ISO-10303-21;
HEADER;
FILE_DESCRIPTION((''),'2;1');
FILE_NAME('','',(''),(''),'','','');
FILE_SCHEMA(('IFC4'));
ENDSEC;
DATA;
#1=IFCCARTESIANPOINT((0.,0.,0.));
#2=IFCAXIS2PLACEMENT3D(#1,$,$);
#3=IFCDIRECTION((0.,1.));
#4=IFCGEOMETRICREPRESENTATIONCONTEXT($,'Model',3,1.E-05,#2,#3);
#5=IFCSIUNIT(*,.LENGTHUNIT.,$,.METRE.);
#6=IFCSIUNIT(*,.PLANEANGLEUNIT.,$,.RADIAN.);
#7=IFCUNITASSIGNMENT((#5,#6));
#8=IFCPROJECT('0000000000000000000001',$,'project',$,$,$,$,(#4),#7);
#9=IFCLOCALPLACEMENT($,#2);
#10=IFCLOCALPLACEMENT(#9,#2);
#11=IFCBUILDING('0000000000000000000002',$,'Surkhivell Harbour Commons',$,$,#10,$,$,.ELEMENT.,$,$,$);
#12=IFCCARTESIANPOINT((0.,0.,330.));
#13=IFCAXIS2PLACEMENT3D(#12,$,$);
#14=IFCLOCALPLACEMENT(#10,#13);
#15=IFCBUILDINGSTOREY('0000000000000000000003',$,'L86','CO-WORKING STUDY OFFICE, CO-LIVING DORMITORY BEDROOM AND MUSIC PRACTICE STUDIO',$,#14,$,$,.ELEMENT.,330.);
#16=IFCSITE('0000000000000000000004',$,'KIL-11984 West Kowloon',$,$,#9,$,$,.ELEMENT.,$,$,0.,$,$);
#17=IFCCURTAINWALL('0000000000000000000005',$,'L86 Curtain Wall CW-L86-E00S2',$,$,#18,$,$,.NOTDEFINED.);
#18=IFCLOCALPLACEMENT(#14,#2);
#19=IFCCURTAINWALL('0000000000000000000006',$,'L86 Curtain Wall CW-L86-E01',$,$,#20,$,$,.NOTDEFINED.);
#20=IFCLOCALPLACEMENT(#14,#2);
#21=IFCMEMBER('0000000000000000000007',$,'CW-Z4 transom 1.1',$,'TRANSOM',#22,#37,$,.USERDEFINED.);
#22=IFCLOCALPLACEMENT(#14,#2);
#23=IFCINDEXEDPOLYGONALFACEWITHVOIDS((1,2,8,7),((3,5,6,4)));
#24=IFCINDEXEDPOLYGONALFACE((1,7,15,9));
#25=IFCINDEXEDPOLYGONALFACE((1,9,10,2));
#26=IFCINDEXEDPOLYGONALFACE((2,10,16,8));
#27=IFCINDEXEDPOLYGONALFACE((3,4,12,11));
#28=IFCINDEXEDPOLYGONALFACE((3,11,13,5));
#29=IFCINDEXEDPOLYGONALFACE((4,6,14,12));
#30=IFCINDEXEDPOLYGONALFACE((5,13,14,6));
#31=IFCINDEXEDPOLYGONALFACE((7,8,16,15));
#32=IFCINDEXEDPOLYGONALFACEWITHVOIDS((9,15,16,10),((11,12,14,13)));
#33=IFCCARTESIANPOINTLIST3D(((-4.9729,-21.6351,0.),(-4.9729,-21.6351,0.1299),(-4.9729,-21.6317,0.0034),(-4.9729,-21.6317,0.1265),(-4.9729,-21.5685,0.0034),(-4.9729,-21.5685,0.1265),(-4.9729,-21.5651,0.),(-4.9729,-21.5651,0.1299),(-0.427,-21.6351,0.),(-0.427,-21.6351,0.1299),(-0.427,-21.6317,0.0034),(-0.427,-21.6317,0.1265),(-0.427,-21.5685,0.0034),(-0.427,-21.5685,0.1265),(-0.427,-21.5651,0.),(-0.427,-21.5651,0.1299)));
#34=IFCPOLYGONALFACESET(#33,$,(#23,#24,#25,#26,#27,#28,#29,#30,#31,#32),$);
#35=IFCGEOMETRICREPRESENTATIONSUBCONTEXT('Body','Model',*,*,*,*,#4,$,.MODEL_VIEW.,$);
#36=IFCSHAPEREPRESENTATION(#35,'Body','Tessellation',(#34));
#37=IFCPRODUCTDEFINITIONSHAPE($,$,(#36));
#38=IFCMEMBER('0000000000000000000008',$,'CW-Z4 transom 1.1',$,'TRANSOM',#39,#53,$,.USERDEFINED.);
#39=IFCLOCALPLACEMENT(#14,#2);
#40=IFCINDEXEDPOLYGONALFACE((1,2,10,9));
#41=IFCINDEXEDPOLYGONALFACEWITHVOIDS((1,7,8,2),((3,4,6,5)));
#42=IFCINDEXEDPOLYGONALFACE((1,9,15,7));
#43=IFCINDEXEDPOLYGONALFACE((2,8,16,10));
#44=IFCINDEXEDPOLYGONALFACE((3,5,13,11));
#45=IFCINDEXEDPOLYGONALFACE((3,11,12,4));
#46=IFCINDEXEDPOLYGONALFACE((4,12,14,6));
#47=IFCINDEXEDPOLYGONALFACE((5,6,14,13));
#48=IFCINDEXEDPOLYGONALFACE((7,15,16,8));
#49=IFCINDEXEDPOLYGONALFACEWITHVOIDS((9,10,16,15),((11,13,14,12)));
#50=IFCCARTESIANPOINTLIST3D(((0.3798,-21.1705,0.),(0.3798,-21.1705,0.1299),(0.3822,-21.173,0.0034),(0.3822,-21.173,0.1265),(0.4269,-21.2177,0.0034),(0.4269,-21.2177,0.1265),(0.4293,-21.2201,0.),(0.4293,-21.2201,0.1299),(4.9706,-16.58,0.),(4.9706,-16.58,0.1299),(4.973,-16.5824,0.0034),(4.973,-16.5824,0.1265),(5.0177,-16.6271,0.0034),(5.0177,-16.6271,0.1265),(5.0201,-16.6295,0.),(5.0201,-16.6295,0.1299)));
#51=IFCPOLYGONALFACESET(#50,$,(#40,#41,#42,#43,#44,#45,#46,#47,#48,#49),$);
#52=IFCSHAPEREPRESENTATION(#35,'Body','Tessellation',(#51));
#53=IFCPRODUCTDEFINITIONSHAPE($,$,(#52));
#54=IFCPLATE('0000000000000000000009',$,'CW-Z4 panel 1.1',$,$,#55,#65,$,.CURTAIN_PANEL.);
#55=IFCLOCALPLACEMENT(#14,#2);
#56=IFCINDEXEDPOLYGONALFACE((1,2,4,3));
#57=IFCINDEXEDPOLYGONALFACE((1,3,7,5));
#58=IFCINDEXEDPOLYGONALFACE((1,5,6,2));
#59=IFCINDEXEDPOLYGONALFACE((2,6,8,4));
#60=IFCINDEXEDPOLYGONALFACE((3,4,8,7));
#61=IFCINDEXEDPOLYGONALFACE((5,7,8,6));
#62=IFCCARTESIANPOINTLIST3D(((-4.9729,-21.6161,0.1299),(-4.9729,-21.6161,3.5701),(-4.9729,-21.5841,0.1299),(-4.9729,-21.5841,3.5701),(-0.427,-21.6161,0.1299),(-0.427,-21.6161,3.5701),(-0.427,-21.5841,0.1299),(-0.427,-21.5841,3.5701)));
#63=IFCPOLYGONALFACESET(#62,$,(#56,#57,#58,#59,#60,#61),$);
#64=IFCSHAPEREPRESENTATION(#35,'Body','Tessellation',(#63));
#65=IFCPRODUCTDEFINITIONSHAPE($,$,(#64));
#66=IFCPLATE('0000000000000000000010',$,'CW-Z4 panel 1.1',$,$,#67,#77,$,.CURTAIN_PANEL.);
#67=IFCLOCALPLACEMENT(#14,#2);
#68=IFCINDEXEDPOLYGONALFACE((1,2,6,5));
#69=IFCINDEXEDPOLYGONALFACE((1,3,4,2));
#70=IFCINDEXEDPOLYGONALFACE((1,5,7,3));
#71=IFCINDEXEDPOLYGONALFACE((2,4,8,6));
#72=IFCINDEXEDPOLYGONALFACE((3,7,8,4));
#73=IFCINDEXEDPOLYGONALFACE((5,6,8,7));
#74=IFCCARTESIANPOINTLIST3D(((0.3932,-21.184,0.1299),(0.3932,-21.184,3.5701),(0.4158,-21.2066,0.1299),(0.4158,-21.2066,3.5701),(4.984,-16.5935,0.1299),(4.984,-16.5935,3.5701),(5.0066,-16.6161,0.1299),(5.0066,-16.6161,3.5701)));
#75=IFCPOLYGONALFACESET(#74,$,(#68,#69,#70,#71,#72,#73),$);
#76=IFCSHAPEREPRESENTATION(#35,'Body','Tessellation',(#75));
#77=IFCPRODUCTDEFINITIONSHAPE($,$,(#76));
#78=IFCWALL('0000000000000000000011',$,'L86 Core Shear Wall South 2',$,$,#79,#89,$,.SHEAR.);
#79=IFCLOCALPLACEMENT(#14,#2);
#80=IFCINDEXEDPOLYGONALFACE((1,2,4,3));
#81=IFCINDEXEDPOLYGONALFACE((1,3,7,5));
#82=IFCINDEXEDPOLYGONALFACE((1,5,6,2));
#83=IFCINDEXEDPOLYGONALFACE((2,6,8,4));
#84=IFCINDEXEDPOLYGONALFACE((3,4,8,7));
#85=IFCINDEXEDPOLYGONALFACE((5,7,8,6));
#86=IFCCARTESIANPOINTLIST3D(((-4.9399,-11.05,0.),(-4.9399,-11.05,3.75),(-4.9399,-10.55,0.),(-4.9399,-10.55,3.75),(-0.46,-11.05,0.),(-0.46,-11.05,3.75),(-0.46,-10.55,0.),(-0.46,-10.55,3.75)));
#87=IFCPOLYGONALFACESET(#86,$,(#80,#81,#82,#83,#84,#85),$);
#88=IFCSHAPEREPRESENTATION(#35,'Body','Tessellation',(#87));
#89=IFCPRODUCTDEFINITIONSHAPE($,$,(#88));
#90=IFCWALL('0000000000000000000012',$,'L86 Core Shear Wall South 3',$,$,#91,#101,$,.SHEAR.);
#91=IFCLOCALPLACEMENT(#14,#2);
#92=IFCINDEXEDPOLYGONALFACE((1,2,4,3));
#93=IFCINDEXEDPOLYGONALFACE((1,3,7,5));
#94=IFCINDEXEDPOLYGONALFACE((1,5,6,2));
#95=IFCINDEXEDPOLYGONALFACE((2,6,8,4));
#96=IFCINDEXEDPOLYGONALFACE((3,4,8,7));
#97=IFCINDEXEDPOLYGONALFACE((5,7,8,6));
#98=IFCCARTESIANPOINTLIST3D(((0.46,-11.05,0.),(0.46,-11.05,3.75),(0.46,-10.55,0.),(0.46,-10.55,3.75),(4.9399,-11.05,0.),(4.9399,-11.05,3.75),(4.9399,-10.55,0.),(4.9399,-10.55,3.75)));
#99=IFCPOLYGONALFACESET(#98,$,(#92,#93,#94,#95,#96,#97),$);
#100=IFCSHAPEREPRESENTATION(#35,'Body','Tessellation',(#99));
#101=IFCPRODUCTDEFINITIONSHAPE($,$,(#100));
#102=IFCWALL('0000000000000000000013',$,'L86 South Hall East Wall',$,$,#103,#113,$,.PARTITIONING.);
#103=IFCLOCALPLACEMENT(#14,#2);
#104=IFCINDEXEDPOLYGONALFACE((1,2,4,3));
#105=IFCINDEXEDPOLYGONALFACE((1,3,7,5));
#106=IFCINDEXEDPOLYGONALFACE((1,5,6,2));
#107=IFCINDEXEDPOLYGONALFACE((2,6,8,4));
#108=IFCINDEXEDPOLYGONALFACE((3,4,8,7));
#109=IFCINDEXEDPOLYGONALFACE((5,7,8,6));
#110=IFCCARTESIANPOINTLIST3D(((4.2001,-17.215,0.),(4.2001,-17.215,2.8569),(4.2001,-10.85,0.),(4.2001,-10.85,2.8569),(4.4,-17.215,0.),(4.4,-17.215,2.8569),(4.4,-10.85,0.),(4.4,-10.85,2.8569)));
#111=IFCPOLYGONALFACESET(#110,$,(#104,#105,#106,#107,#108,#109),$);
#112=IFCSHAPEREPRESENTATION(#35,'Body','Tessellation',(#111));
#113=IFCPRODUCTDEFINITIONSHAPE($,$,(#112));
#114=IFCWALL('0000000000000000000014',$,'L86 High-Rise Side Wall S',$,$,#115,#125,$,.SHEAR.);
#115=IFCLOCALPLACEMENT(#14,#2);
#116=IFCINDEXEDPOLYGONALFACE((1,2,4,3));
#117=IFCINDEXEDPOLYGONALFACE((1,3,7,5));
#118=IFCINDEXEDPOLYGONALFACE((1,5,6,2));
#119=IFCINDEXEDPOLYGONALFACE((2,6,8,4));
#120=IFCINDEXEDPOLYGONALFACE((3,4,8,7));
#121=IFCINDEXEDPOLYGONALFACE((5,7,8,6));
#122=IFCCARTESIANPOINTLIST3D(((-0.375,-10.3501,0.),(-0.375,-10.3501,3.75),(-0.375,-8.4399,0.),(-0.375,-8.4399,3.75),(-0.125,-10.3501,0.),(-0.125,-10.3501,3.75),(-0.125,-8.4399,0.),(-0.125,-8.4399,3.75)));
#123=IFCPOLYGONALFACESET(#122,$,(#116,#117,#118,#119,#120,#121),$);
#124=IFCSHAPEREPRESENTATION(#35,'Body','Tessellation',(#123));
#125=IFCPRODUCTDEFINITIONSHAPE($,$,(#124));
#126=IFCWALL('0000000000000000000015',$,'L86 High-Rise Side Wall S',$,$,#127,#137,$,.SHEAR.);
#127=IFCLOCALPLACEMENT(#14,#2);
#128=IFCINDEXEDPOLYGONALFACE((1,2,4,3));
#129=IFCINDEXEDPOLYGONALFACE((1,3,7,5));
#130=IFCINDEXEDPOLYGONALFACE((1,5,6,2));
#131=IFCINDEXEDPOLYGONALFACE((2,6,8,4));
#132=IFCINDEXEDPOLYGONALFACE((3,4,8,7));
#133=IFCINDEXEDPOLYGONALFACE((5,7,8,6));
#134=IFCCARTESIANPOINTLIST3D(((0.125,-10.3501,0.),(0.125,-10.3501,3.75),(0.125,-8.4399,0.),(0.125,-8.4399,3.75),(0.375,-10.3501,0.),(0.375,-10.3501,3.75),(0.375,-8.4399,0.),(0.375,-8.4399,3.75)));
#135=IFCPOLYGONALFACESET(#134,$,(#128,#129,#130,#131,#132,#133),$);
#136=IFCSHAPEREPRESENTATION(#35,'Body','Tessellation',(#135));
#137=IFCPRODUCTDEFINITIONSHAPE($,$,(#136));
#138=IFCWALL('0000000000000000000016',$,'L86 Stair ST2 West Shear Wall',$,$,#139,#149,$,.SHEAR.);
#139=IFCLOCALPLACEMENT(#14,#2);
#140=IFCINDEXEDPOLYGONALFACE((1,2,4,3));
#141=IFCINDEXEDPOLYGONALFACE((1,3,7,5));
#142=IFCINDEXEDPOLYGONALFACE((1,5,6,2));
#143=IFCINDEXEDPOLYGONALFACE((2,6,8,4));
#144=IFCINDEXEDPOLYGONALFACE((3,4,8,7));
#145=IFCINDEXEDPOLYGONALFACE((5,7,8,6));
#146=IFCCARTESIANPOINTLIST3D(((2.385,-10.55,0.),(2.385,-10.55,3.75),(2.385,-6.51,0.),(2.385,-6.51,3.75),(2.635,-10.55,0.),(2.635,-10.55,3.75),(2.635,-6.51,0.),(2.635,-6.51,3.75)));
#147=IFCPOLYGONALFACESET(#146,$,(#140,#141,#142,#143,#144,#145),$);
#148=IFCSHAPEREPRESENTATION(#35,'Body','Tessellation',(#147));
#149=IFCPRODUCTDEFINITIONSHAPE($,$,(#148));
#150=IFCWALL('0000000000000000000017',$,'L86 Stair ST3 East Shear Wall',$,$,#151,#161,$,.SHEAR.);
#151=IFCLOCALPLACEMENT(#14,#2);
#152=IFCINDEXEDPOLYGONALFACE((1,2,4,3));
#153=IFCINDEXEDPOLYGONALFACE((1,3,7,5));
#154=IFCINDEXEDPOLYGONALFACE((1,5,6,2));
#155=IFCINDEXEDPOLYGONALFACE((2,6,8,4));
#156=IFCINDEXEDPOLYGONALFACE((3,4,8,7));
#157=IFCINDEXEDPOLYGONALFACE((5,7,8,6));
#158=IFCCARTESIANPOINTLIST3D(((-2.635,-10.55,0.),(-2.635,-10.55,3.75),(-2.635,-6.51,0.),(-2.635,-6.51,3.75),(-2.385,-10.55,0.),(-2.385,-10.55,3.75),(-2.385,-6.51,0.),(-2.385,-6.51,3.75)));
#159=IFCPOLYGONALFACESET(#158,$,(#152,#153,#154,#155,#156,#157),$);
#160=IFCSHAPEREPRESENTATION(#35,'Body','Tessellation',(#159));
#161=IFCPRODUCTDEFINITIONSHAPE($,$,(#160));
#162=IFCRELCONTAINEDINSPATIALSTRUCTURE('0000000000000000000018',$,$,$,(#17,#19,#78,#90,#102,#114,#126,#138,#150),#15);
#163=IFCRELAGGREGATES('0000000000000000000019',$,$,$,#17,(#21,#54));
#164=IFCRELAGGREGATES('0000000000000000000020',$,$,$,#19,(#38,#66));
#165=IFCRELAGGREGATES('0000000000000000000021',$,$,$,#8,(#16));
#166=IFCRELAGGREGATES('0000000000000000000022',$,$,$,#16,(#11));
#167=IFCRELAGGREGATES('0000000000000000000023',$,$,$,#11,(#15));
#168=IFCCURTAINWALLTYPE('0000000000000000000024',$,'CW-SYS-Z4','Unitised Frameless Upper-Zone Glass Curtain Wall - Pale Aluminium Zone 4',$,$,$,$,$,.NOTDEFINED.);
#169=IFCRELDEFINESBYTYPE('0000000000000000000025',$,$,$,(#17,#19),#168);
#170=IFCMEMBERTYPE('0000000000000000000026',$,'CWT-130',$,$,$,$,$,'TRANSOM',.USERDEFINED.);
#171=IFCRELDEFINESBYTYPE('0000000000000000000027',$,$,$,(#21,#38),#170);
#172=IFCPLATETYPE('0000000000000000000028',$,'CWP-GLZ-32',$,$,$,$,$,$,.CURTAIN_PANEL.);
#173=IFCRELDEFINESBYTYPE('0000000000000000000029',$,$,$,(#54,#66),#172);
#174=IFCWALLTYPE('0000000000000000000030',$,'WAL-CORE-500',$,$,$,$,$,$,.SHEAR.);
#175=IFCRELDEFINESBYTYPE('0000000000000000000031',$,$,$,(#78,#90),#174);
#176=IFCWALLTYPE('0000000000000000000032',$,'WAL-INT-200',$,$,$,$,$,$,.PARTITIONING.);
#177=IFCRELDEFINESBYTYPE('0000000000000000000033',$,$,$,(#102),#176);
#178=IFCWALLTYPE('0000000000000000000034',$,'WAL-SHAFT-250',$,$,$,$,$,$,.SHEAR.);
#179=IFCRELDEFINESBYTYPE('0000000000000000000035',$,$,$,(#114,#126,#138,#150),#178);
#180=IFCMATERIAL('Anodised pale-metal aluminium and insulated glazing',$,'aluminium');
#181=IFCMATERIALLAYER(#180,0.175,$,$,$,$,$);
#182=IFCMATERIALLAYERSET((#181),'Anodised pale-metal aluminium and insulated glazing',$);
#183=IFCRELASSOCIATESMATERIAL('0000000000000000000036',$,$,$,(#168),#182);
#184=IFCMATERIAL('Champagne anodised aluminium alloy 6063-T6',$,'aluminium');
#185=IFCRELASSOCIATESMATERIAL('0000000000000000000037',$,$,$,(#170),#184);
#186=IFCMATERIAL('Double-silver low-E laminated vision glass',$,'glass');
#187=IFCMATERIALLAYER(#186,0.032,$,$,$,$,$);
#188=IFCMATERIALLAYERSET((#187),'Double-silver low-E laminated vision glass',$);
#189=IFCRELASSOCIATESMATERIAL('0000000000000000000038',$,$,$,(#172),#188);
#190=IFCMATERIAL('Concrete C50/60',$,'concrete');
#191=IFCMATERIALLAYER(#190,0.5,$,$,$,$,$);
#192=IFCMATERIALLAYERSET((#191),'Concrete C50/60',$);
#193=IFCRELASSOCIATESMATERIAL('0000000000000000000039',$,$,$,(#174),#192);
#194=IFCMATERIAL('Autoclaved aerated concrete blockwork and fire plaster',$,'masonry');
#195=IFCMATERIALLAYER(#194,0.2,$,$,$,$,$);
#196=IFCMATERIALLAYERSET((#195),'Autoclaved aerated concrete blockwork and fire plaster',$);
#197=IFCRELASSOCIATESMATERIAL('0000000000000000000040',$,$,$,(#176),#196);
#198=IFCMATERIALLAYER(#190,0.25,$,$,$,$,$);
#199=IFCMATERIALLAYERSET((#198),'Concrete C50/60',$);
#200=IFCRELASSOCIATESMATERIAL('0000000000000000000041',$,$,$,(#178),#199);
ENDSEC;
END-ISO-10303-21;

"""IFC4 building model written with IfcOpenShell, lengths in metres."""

from ifc_helpers import new_model, si_unit, direction, frame, frame_2d, origin, origin_2d, place, context, subcontext, project, spatial, rectangle, hollow_rectangle, extrude, material, layer, layer_set, material_profile, profile_set, type_object, element, aggregate, save


model = new_model("IFC4")

# Units and contexts
model_context = context("Model", 3, precision=1e-05, world=origin(), true_north=direction((0.0, 1.0)))
body_context = subcontext(model_context, "Body", "Model", "MODEL_VIEW")
ifc_project = project(units=[si_unit("LENGTHUNIT", "METRE"), si_unit("PLANEANGLEUNIT", "RADIAN")], contexts=[model_context])

# Site, building, storey
site_placement = place(None, origin())
site = spatial("IfcSite", under=ifc_project, at=site_placement, Name="KIL-11984 West Kowloon", CompositionType="ELEMENT", RefElevation=0.0)
building_placement = place(site_placement, origin())
building = spatial("IfcBuilding", under=site, at=building_placement, Name="Surkhivell Harbour Commons", CompositionType="ELEMENT")
storey_placement = place(building_placement, frame((0.0, 0.0, 330.0)))
storey = spatial("IfcBuildingStorey", under=building, at=storey_placement, Name="L86", Description="CO-WORKING STUDY OFFICE, CO-LIVING DORMITORY BEDROOM AND MUSIC PRACTICE STUDIO", CompositionType="ELEMENT", Elevation=330.0)

# Shared definitions
ifc_material_1 = material(Name="Concrete C50/60", Category="concrete")

# Curtain wall
ifc_material_2 = material(Name="Anodised pale-metal aluminium and insulated glazing", Category="aluminium")
ifc_layer_1 = layer(ifc_material_2, 0.175)
ifc_layer_set_1 = layer_set([ifc_layer_1], Name="Anodised pale-metal aluminium and insulated glazing")
curtain_wall_type = type_object("IfcCurtainWallType", Name="CW-SYS-Z4", Description="Unitised Frameless Upper-Zone Glass Curtain Wall - Pale Aluminium Zone 4", PredefinedType="NOTDEFINED", material=ifc_layer_set_1)
curtain_wall_1_placement = place(storey_placement, origin())
curtain_wall_1 = element("IfcCurtainWall", 1, at=curtain_wall_1_placement, inside=storey, type_object=curtain_wall_type, Name="L86 Curtain Wall CW-L86-E00S2", PredefinedType="NOTDEFINED")

# Curtain wall
curtain_wall_2_placement = place(storey_placement, origin())
curtain_wall_2 = element("IfcCurtainWall", 2, at=curtain_wall_2_placement, inside=storey, type_object=curtain_wall_type, Name="L86 Curtain Wall CW-L86-E01", PredefinedType="NOTDEFINED")

# Members
ifc_material_3 = material(Name="Champagne anodised aluminium alloy 6063-T6", Category="aluminium")
ifc_material_profile_1 = material_profile(ifc_material_3, hollow_rectangle(XDim=0.0701, YDim=0.1299, WallThickness=0.0034, at=origin_2d()), Name="ALU-TRAN-70x130")
ifc_profile_set_1 = profile_set([ifc_material_profile_1], Name="Champagne anodised aluminium alloy 6063-T6")
member_type_1 = type_object("IfcMemberType", Name="CWT-130", ElementType="TRANSOM", PredefinedType="USERDEFINED", material=ifc_profile_set_1)
member_1_placement = place(storey_placement, frame((-4.9729, -21.6001, 0.0649), z_axis=(1.0, 0.0, 0.0), x_axis=(0.0, 1.0, 0.0)))
member_1 = element("IfcMember", 3, at=member_1_placement, type_object=member_type_1, Name="CW-Z4 transom 1.1", ObjectType="TRANSOM", PredefinedType="USERDEFINED", context=body_context, shape_type="SweptSolid", body=[
    extrude(hollow_rectangle(XDim=0.0701, YDim=0.1299, WallThickness=0.0034, at=origin_2d()), origin(), (0.0, 0.0, 1.0), 4.5459),
])
member_2_placement = place(storey_placement, frame((0.4045, -21.1953, 0.0649), z_axis=(0.707126, 0.707088, 0.0), x_axis=(-0.707088, 0.707126, 0.0)))
member_2 = element("IfcMember", 4, at=member_2_placement, type_object=member_type_1, Name="CW-Z4 transom 1.1", ObjectType="TRANSOM", PredefinedType="USERDEFINED", context=body_context, shape_type="SweptSolid", body=[
    extrude(hollow_rectangle(XDim=0.0701, YDim=0.1299, WallThickness=0.0034, at=origin_2d()), origin(), (0.0, 0.0, 1.0), 6.4922),
])

# Plates
ifc_material_4 = material(Name="Double-silver low-E laminated vision glass", Category="glass")
ifc_layer_2 = layer(ifc_material_4, 0.032)
ifc_layer_set_2 = layer_set([ifc_layer_2], Name="Double-silver low-E laminated vision glass")
plate_type = type_object("IfcPlateType", Name="CWP-GLZ-32", PredefinedType="CURTAIN_PANEL", material=ifc_layer_set_2)
plate_1_placement = place(storey_placement, frame((-4.9729, -21.6001, 0.1299), z_axis=(0.0, 0.0, 1.0), x_axis=(1.0, 0.0, 0.0)))
plate_1 = element("IfcPlate", 5, at=plate_1_placement, type_object=plate_type, Name="CW-Z4 panel 1.1", PredefinedType="CURTAIN_PANEL", context=body_context, shape_type="SweptSolid", body=[
    extrude(rectangle(XDim=4.5459, YDim=0.032, at=frame_2d((2.2729, 0.0))), origin(), (0.0, 0.0, 1.0), 3.4402),
])
aggregate(curtain_wall_1, [member_1, plate_1])
plate_2_placement = place(storey_placement, frame((0.4045, -21.1953, 0.1299), z_axis=(0.0, 0.0, 1.0), x_axis=(0.707126, 0.707088, 0.0)))
plate_2 = element("IfcPlate", 6, at=plate_2_placement, type_object=plate_type, Name="CW-Z4 panel 1.1", PredefinedType="CURTAIN_PANEL", context=body_context, shape_type="SweptSolid", body=[
    extrude(rectangle(XDim=6.4922, YDim=0.032, at=frame_2d((3.2461, 0.0))), origin(), (0.0, 0.0, 1.0), 3.4402),
])
aggregate(curtain_wall_2, [member_2, plate_2])

# Walls
ifc_layer_3 = layer(ifc_material_1, 0.5)
ifc_layer_set_3 = layer_set([ifc_layer_3], Name="Concrete C50/60")
wall_type_1 = type_object("IfcWallType", Name="WAL-CORE-500", PredefinedType="SHEAR", material=ifc_layer_set_3)
for number, where, z_axis, x_axis, name in (
    (7, (-4.9399, -10.8, 0.0), (0.0, 0.0, 1.0), (1.0, 0.0, 0.0), "L86 Core Shear Wall South 2"),
    (8, (0.46, -10.8, 0.0), (0.0, 0.0, 1.0), (1.0, 0.0, 0.0), "L86 Core Shear Wall South 3"),
):
    element("IfcWall", number, at=place(storey_placement, frame(where, z_axis=z_axis, x_axis=x_axis)), inside=storey, type_object=wall_type_1, Name=name, PredefinedType="SHEAR", context=body_context, shape_type="SweptSolid", body=[
        extrude(rectangle(XDim=4.48, YDim=0.5, at=frame_2d((2.24, 0.0))), origin(), (0.0, 0.0, 1.0), 3.75),
    ])
ifc_material_5 = material(Name="Autoclaved aerated concrete blockwork and fire plaster", Category="masonry")
ifc_layer_4 = layer(ifc_material_5, 0.2)
ifc_layer_set_4 = layer_set([ifc_layer_4], Name="Autoclaved aerated concrete blockwork and fire plaster")
wall_type_2 = type_object("IfcWallType", Name="WAL-INT-200", PredefinedType="PARTITIONING", material=ifc_layer_set_4)
wall_placement = place(storey_placement, frame((4.3, -17.2151, 0.0), z_axis=(0.0, 0.0, 1.0), x_axis=(0.0, 1.0, 0.0)))
element("IfcWall", 9, at=wall_placement, inside=storey, type_object=wall_type_2, Name="L86 South Hall East Wall", PredefinedType="PARTITIONING", context=body_context, shape_type="SweptSolid", body=[
    extrude(rectangle(XDim=6.365, YDim=0.2, at=frame_2d((3.1826, 0.0))), origin(), (0.0, 0.0, 1.0), 2.8569),
])
ifc_layer_5 = layer(ifc_material_1, 0.25)
ifc_layer_set_5 = layer_set([ifc_layer_5], Name="Concrete C50/60")
wall_type_3 = type_object("IfcWallType", Name="WAL-SHAFT-250", PredefinedType="SHEAR", material=ifc_layer_set_5)
for number, where, z_axis, x_axis, name in (
    (10, (-0.25, -10.3501, 0.0), (0.0, 0.0, 1.0), (0.0, 1.0, 0.0), "L86 High-Rise Side Wall S"),
    (11, (0.25, -10.3501, 0.0), (0.0, 0.0, 1.0), (0.0, 1.0, 0.0), "L86 High-Rise Side Wall S"),
):
    element("IfcWall", number, at=place(storey_placement, frame(where, z_axis=z_axis, x_axis=x_axis)), inside=storey, type_object=wall_type_3, Name=name, PredefinedType="SHEAR", context=body_context, shape_type="SweptSolid", body=[
        extrude(rectangle(XDim=1.9102, YDim=0.25, at=frame_2d((0.9551, 0.0))), origin(), (0.0, 0.0, 1.0), 3.75),
    ])
for number, where, z_axis, x_axis, name in (
    (12, (2.51, -10.55, 0.0), (0.0, 0.0, 1.0), (0.0, 1.0, 0.0), "L86 Stair ST2 West Shear Wall"),
    (13, (-2.51, -10.55, 0.0), (0.0, 0.0, 1.0), (0.0, 1.0, 0.0), "L86 Stair ST3 East Shear Wall"),
):
    element("IfcWall", number, at=place(storey_placement, frame(where, z_axis=z_axis, x_axis=x_axis)), inside=storey, type_object=wall_type_3, Name=name, PredefinedType="SHEAR", context=body_context, shape_type="SweptSolid", body=[
        extrude(rectangle(XDim=4.04, YDim=0.25, at=frame_2d((2.02, 0.0))), origin(), (0.0, 0.0, 1.0), 3.75),
    ])

save(model, "model.ifc")
